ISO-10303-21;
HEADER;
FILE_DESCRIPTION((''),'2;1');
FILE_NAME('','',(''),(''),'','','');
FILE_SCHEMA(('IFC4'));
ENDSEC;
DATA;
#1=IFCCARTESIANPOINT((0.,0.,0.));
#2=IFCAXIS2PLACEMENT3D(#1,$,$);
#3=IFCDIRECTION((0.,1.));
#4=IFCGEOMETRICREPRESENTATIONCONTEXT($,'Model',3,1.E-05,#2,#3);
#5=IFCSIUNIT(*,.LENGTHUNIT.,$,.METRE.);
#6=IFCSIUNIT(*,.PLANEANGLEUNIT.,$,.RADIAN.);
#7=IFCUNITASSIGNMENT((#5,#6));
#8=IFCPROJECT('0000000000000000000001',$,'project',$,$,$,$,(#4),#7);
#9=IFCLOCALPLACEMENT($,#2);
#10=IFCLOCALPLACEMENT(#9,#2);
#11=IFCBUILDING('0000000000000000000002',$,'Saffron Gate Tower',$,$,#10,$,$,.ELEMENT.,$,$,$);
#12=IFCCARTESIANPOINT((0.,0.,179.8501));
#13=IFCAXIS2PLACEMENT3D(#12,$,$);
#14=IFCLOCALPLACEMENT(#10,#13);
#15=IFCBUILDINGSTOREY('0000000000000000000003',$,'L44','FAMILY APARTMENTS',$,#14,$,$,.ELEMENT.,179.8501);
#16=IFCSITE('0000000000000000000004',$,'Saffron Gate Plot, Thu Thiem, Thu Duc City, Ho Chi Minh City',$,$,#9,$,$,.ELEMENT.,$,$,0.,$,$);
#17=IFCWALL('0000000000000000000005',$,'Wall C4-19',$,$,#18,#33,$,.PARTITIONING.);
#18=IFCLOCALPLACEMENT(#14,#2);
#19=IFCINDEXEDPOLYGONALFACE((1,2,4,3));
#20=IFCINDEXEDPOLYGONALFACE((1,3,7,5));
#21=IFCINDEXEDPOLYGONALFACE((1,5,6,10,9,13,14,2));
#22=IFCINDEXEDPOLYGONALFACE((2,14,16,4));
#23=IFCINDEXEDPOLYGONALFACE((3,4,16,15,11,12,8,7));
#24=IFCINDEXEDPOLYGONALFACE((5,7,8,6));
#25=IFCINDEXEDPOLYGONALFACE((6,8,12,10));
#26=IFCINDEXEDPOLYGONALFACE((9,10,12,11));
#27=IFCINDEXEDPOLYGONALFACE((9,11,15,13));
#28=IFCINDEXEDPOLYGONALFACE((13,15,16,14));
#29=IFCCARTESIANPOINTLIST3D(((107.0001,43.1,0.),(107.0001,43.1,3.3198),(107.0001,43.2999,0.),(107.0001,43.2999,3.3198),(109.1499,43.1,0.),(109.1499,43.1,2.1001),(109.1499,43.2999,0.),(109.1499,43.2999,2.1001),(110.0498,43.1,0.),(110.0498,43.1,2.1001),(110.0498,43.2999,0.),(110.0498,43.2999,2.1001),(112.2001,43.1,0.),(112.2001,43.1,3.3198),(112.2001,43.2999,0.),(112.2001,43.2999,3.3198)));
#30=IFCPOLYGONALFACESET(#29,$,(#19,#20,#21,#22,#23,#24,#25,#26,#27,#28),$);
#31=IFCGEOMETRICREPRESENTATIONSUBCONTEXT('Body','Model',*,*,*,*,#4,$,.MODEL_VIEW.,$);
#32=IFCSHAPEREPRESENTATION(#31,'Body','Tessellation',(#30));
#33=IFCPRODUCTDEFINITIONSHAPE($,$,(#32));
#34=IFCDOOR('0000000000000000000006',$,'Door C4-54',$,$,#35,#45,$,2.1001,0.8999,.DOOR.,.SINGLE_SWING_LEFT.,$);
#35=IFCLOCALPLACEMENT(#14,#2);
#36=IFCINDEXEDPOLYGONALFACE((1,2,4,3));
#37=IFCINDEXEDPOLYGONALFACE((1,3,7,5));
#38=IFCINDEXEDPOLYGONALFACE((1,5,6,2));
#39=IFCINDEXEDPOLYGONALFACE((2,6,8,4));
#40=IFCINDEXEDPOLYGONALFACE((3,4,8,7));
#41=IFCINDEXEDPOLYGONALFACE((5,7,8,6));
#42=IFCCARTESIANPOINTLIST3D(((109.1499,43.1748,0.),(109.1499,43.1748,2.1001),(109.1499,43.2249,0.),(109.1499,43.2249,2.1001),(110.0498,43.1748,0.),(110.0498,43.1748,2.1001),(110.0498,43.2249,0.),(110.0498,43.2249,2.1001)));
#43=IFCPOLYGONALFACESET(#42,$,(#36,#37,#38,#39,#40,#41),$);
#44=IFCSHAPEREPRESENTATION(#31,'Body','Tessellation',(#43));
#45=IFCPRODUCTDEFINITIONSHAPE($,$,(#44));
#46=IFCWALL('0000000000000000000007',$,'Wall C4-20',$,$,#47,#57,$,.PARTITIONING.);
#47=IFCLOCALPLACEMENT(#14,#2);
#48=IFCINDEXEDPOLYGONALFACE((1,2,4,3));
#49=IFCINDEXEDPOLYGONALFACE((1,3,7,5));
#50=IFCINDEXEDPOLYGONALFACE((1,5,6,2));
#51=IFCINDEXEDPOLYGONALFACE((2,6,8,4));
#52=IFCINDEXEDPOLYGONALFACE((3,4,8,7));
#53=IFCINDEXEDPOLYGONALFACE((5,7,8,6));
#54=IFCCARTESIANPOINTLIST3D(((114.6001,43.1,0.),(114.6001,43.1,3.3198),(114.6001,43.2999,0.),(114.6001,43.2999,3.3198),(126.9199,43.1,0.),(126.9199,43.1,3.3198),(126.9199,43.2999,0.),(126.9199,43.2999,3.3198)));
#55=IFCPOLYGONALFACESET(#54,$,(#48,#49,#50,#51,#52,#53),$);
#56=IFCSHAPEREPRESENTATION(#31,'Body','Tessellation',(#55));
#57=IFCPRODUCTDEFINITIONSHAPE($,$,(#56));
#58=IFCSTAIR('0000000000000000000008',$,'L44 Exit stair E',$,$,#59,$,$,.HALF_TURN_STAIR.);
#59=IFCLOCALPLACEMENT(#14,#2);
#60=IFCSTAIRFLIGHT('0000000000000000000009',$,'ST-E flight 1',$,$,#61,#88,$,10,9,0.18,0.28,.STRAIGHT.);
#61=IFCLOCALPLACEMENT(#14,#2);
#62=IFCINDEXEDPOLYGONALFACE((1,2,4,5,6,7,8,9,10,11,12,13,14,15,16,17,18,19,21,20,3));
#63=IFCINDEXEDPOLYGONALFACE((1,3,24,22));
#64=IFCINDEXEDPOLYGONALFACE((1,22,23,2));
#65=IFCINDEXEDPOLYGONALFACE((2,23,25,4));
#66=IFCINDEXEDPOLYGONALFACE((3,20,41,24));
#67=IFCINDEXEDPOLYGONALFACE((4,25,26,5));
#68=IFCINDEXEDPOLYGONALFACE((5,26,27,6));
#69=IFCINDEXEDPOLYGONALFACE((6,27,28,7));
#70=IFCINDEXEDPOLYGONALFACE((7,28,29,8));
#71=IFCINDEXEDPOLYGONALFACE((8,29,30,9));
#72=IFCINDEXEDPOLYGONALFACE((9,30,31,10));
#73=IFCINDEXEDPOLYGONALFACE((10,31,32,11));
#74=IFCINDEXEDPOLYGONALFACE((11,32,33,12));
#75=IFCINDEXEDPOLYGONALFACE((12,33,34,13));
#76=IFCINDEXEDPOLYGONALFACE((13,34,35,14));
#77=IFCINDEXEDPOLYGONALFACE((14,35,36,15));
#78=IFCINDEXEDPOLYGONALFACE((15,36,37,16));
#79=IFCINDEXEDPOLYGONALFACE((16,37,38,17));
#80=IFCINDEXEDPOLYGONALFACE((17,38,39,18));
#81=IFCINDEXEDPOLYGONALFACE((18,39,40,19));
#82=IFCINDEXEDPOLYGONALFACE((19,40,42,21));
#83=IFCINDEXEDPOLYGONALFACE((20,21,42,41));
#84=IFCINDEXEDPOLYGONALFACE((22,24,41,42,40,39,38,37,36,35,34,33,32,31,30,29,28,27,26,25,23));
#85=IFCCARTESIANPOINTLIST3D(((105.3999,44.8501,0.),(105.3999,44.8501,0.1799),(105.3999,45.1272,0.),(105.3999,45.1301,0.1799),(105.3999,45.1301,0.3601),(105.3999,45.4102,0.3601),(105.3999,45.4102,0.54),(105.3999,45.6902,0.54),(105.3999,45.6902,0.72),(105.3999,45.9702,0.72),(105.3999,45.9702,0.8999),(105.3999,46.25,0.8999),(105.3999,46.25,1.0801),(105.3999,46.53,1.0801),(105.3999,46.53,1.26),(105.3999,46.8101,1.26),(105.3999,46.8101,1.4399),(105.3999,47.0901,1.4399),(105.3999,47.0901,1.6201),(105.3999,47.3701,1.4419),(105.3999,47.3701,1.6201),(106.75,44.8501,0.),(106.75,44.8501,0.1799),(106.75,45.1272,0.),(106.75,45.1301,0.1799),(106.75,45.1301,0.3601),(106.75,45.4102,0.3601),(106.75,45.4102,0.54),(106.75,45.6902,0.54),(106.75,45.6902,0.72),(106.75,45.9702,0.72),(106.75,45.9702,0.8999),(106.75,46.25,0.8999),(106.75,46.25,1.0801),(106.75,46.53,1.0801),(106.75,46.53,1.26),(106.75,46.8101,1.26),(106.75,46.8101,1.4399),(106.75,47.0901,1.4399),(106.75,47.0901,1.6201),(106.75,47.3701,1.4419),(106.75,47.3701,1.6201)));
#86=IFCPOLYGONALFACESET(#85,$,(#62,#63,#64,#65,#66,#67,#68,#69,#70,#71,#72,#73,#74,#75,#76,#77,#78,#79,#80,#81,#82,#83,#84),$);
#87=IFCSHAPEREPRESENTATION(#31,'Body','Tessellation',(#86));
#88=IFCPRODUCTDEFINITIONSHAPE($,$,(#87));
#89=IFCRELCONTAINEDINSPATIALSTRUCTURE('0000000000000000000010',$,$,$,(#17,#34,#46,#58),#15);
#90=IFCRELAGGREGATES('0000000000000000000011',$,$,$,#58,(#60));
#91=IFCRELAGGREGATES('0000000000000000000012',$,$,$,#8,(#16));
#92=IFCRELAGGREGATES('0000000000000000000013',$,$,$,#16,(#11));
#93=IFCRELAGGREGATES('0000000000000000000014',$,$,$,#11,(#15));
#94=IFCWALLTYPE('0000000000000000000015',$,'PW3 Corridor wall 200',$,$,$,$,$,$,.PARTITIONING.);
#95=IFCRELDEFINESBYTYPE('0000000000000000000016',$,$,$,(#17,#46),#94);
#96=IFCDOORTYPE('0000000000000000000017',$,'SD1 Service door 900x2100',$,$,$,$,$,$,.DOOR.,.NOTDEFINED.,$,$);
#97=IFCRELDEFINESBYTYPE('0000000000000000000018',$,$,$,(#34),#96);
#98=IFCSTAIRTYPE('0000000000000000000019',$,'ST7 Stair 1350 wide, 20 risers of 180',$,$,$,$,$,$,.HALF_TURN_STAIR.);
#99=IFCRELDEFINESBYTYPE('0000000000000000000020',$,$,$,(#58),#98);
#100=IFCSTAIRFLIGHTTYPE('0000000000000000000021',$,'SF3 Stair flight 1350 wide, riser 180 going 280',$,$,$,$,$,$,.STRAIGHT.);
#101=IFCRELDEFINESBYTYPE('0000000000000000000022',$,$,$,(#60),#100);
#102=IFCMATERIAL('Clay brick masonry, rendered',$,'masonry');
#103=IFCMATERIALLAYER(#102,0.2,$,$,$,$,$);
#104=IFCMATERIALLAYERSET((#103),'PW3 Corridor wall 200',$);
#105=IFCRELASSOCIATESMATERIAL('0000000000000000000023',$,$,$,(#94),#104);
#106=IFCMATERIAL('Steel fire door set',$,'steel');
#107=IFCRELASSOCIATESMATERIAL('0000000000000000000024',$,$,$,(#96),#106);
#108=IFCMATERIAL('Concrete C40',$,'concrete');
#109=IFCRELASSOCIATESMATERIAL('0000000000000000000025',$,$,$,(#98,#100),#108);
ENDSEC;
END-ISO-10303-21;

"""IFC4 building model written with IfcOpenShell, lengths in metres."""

from ifc_helpers import new_model, si_unit, direction, frame, frame_2d, origin, place, context, subcontext, project, spatial, polyline, rectangle, outline, extrude, material, layer, layer_set, type_object, element, fill, aggregate, save


model = new_model("IFC4")

# Units and contexts
model_context = context("Model", 3, precision=1e-05, world=origin(), true_north=direction((0.0, 1.0)))
body_context = subcontext(model_context, "Body", "Model", "MODEL_VIEW")
ifc_project = project(units=[si_unit("LENGTHUNIT", "METRE"), si_unit("PLANEANGLEUNIT", "RADIAN")], contexts=[model_context])

# Site, building, storey
site_placement = place(None, origin())
site = spatial("IfcSite", under=ifc_project, at=site_placement, Name="Saffron Gate Plot, Thu Thiem, Thu Duc City, Ho Chi Minh City", CompositionType="ELEMENT", RefElevation=0.0)
building_placement = place(site_placement, origin())
building = spatial("IfcBuilding", under=site, at=building_placement, Name="Saffron Gate Tower", CompositionType="ELEMENT")
storey_placement = place(building_placement, frame((0.0, 0.0, 179.8501)))
storey = spatial("IfcBuildingStorey", under=building, at=storey_placement, Name="L44", Description="FAMILY APARTMENTS", CompositionType="ELEMENT", Elevation=179.8501)

# Shared definitions
ifc_material_1 = material(Name="Steel fire door set", Category="steel")

# Wall, opening, door
ifc_material_2 = material(Name="Clay brick masonry, rendered", Category="masonry")
ifc_layer_1 = layer(ifc_material_2, 0.2)
ifc_layer_set_1 = layer_set([ifc_layer_1], Name="PW3 Corridor wall 200")
wall_type_1 = type_object("IfcWallType", Name="PW3 Corridor wall 200", PredefinedType="PARTITIONING", material=ifc_layer_set_1)
wall_1_placement = place(storey_placement, frame((107.0, 43.2, 0.0), z_axis=(0.0, 0.0, 1.0), x_axis=(1.0, 0.0, 0.0)))
wall_1 = element("IfcWall", 1, at=wall_1_placement, inside=storey, type_object=wall_type_1, Name="Wall C4-19", PredefinedType="PARTITIONING", context=body_context, shape_type="SweptSolid", body=[
    extrude(rectangle(XDim=5.2, YDim=0.2, at=frame_2d((2.6001, 0.0))), origin(), (0.0, 0.0, 1.0), 3.3198),
])
opening_1_placement = place(wall_1_placement, frame((2.1499, 0.0, 0.0)))
opening_1 = element("IfcOpeningElement", 2, at=opening_1_placement, cuts=wall_1, PredefinedType="OPENING", context=body_context, shape_type="SweptSolid", body=[
    extrude(rectangle(XDim=0.8999, YDim=2.1001, at=frame_2d((0.45, 1.05))), frame((0.0, 0.1099, 0.0), z_axis=(0.0, -1.0, 0.0), x_axis=(1.0, 0.0, 0.0)), (0.0, 0.0, 1.0), 0.22),
])
door_type_1 = type_object("IfcDoorType", Name="SD1 Service door 900x2100", OperationType="NOTDEFINED", PredefinedType="DOOR", material=ifc_material_1)
door_1_placement = place(opening_1_placement, origin())
door_1 = element("IfcDoor", 3, at=door_1_placement, inside=storey, type_object=door_type_1, Name="Door C4-54", OperationType="SINGLE_SWING_LEFT", OverallHeight=2.1001, OverallWidth=0.8999, PredefinedType="DOOR", context=body_context, shape_type="SweptSolid", body=[
    extrude(rectangle(XDim=0.8999, YDim=2.1001, at=frame_2d((0.45, 1.05))), frame((0.0, 0.0249, 0.0), z_axis=(0.0, -1.0, 0.0), x_axis=(1.0, 0.0, 0.0)), (0.0, 0.0, 1.0), 0.05),
])
fill(opening_1, door_1)

# Wall
wall_2_placement = place(storey_placement, frame((114.6001, 43.2, 0.0), z_axis=(0.0, 0.0, 1.0), x_axis=(1.0, 0.0, 0.0)))
element("IfcWall", 4, at=wall_2_placement, inside=storey, type_object=wall_type_1, Name="Wall C4-20", PredefinedType="PARTITIONING", context=body_context, shape_type="SweptSolid", body=[
    extrude(rectangle(XDim=12.3198, YDim=0.2, at=frame_2d((6.1599, 0.0))), origin(), (0.0, 0.0, 1.0), 3.3198),
])

# Stair, stair flight
ifc_material_3 = material(Name="Concrete C40", Category="concrete")
stair_type = type_object("IfcStairType", Name="ST7 Stair 1350 wide, 20 risers of 180", PredefinedType="HALF_TURN_STAIR", material=ifc_material_3)
stair_placement = place(storey_placement, origin())
stair = element("IfcStair", 5, at=stair_placement, inside=storey, type_object=stair_type, Name="L44 Exit stair E", PredefinedType="HALF_TURN_STAIR")
stair_flight_type = type_object("IfcStairFlightType", Name="SF3 Stair flight 1350 wide, riser 180 going 280", PredefinedType="STRAIGHT", material=ifc_material_3)
stair_flight_placement = place(storey_placement, frame((106.075, 44.8501, 0.0), z_axis=(0.0, 0.0, 1.0), x_axis=(0.0, 1.0, 0.0)))
stair_flight = element("IfcStairFlight", 6, at=stair_flight_placement, type_object=stair_flight_type, Name="ST-E flight 1", NumberOfRisers=10, NumberOfTreads=9, PredefinedType="STRAIGHT", RiserHeight=0.18, TreadLength=0.28, context=body_context, shape_type="SweptSolid", body=[
    extrude(outline(polyline([(0.0, 0.0), (0.0, 0.1799), (0.28, 0.1799), (0.28, 0.3601), (0.5601, 0.3601), (0.5601, 0.54), (0.8401, 0.54), (0.8401, 0.72), (1.1201, 0.72), (1.1201, 0.8999), (1.3999, 0.8999), (1.3999, 1.0801), (1.6799, 1.0801), (1.6799, 1.26), (1.96, 1.26), (1.96, 1.4399), (2.24, 1.4399), (2.24, 1.6201), (2.52, 1.6201), (2.52, 1.8), (2.52, 1.4419), (0.2771, 0.0), (0.0, 0.0)])), frame((0.0, 0.675, 0.0), z_axis=(0.0, -1.0, 0.0), x_axis=(1.0, 0.0, 0.0)), (0.0, 0.0, 1.0), 1.3501),
])
aggregate(stair, [stair_flight])

save(model, "model.ifc")
